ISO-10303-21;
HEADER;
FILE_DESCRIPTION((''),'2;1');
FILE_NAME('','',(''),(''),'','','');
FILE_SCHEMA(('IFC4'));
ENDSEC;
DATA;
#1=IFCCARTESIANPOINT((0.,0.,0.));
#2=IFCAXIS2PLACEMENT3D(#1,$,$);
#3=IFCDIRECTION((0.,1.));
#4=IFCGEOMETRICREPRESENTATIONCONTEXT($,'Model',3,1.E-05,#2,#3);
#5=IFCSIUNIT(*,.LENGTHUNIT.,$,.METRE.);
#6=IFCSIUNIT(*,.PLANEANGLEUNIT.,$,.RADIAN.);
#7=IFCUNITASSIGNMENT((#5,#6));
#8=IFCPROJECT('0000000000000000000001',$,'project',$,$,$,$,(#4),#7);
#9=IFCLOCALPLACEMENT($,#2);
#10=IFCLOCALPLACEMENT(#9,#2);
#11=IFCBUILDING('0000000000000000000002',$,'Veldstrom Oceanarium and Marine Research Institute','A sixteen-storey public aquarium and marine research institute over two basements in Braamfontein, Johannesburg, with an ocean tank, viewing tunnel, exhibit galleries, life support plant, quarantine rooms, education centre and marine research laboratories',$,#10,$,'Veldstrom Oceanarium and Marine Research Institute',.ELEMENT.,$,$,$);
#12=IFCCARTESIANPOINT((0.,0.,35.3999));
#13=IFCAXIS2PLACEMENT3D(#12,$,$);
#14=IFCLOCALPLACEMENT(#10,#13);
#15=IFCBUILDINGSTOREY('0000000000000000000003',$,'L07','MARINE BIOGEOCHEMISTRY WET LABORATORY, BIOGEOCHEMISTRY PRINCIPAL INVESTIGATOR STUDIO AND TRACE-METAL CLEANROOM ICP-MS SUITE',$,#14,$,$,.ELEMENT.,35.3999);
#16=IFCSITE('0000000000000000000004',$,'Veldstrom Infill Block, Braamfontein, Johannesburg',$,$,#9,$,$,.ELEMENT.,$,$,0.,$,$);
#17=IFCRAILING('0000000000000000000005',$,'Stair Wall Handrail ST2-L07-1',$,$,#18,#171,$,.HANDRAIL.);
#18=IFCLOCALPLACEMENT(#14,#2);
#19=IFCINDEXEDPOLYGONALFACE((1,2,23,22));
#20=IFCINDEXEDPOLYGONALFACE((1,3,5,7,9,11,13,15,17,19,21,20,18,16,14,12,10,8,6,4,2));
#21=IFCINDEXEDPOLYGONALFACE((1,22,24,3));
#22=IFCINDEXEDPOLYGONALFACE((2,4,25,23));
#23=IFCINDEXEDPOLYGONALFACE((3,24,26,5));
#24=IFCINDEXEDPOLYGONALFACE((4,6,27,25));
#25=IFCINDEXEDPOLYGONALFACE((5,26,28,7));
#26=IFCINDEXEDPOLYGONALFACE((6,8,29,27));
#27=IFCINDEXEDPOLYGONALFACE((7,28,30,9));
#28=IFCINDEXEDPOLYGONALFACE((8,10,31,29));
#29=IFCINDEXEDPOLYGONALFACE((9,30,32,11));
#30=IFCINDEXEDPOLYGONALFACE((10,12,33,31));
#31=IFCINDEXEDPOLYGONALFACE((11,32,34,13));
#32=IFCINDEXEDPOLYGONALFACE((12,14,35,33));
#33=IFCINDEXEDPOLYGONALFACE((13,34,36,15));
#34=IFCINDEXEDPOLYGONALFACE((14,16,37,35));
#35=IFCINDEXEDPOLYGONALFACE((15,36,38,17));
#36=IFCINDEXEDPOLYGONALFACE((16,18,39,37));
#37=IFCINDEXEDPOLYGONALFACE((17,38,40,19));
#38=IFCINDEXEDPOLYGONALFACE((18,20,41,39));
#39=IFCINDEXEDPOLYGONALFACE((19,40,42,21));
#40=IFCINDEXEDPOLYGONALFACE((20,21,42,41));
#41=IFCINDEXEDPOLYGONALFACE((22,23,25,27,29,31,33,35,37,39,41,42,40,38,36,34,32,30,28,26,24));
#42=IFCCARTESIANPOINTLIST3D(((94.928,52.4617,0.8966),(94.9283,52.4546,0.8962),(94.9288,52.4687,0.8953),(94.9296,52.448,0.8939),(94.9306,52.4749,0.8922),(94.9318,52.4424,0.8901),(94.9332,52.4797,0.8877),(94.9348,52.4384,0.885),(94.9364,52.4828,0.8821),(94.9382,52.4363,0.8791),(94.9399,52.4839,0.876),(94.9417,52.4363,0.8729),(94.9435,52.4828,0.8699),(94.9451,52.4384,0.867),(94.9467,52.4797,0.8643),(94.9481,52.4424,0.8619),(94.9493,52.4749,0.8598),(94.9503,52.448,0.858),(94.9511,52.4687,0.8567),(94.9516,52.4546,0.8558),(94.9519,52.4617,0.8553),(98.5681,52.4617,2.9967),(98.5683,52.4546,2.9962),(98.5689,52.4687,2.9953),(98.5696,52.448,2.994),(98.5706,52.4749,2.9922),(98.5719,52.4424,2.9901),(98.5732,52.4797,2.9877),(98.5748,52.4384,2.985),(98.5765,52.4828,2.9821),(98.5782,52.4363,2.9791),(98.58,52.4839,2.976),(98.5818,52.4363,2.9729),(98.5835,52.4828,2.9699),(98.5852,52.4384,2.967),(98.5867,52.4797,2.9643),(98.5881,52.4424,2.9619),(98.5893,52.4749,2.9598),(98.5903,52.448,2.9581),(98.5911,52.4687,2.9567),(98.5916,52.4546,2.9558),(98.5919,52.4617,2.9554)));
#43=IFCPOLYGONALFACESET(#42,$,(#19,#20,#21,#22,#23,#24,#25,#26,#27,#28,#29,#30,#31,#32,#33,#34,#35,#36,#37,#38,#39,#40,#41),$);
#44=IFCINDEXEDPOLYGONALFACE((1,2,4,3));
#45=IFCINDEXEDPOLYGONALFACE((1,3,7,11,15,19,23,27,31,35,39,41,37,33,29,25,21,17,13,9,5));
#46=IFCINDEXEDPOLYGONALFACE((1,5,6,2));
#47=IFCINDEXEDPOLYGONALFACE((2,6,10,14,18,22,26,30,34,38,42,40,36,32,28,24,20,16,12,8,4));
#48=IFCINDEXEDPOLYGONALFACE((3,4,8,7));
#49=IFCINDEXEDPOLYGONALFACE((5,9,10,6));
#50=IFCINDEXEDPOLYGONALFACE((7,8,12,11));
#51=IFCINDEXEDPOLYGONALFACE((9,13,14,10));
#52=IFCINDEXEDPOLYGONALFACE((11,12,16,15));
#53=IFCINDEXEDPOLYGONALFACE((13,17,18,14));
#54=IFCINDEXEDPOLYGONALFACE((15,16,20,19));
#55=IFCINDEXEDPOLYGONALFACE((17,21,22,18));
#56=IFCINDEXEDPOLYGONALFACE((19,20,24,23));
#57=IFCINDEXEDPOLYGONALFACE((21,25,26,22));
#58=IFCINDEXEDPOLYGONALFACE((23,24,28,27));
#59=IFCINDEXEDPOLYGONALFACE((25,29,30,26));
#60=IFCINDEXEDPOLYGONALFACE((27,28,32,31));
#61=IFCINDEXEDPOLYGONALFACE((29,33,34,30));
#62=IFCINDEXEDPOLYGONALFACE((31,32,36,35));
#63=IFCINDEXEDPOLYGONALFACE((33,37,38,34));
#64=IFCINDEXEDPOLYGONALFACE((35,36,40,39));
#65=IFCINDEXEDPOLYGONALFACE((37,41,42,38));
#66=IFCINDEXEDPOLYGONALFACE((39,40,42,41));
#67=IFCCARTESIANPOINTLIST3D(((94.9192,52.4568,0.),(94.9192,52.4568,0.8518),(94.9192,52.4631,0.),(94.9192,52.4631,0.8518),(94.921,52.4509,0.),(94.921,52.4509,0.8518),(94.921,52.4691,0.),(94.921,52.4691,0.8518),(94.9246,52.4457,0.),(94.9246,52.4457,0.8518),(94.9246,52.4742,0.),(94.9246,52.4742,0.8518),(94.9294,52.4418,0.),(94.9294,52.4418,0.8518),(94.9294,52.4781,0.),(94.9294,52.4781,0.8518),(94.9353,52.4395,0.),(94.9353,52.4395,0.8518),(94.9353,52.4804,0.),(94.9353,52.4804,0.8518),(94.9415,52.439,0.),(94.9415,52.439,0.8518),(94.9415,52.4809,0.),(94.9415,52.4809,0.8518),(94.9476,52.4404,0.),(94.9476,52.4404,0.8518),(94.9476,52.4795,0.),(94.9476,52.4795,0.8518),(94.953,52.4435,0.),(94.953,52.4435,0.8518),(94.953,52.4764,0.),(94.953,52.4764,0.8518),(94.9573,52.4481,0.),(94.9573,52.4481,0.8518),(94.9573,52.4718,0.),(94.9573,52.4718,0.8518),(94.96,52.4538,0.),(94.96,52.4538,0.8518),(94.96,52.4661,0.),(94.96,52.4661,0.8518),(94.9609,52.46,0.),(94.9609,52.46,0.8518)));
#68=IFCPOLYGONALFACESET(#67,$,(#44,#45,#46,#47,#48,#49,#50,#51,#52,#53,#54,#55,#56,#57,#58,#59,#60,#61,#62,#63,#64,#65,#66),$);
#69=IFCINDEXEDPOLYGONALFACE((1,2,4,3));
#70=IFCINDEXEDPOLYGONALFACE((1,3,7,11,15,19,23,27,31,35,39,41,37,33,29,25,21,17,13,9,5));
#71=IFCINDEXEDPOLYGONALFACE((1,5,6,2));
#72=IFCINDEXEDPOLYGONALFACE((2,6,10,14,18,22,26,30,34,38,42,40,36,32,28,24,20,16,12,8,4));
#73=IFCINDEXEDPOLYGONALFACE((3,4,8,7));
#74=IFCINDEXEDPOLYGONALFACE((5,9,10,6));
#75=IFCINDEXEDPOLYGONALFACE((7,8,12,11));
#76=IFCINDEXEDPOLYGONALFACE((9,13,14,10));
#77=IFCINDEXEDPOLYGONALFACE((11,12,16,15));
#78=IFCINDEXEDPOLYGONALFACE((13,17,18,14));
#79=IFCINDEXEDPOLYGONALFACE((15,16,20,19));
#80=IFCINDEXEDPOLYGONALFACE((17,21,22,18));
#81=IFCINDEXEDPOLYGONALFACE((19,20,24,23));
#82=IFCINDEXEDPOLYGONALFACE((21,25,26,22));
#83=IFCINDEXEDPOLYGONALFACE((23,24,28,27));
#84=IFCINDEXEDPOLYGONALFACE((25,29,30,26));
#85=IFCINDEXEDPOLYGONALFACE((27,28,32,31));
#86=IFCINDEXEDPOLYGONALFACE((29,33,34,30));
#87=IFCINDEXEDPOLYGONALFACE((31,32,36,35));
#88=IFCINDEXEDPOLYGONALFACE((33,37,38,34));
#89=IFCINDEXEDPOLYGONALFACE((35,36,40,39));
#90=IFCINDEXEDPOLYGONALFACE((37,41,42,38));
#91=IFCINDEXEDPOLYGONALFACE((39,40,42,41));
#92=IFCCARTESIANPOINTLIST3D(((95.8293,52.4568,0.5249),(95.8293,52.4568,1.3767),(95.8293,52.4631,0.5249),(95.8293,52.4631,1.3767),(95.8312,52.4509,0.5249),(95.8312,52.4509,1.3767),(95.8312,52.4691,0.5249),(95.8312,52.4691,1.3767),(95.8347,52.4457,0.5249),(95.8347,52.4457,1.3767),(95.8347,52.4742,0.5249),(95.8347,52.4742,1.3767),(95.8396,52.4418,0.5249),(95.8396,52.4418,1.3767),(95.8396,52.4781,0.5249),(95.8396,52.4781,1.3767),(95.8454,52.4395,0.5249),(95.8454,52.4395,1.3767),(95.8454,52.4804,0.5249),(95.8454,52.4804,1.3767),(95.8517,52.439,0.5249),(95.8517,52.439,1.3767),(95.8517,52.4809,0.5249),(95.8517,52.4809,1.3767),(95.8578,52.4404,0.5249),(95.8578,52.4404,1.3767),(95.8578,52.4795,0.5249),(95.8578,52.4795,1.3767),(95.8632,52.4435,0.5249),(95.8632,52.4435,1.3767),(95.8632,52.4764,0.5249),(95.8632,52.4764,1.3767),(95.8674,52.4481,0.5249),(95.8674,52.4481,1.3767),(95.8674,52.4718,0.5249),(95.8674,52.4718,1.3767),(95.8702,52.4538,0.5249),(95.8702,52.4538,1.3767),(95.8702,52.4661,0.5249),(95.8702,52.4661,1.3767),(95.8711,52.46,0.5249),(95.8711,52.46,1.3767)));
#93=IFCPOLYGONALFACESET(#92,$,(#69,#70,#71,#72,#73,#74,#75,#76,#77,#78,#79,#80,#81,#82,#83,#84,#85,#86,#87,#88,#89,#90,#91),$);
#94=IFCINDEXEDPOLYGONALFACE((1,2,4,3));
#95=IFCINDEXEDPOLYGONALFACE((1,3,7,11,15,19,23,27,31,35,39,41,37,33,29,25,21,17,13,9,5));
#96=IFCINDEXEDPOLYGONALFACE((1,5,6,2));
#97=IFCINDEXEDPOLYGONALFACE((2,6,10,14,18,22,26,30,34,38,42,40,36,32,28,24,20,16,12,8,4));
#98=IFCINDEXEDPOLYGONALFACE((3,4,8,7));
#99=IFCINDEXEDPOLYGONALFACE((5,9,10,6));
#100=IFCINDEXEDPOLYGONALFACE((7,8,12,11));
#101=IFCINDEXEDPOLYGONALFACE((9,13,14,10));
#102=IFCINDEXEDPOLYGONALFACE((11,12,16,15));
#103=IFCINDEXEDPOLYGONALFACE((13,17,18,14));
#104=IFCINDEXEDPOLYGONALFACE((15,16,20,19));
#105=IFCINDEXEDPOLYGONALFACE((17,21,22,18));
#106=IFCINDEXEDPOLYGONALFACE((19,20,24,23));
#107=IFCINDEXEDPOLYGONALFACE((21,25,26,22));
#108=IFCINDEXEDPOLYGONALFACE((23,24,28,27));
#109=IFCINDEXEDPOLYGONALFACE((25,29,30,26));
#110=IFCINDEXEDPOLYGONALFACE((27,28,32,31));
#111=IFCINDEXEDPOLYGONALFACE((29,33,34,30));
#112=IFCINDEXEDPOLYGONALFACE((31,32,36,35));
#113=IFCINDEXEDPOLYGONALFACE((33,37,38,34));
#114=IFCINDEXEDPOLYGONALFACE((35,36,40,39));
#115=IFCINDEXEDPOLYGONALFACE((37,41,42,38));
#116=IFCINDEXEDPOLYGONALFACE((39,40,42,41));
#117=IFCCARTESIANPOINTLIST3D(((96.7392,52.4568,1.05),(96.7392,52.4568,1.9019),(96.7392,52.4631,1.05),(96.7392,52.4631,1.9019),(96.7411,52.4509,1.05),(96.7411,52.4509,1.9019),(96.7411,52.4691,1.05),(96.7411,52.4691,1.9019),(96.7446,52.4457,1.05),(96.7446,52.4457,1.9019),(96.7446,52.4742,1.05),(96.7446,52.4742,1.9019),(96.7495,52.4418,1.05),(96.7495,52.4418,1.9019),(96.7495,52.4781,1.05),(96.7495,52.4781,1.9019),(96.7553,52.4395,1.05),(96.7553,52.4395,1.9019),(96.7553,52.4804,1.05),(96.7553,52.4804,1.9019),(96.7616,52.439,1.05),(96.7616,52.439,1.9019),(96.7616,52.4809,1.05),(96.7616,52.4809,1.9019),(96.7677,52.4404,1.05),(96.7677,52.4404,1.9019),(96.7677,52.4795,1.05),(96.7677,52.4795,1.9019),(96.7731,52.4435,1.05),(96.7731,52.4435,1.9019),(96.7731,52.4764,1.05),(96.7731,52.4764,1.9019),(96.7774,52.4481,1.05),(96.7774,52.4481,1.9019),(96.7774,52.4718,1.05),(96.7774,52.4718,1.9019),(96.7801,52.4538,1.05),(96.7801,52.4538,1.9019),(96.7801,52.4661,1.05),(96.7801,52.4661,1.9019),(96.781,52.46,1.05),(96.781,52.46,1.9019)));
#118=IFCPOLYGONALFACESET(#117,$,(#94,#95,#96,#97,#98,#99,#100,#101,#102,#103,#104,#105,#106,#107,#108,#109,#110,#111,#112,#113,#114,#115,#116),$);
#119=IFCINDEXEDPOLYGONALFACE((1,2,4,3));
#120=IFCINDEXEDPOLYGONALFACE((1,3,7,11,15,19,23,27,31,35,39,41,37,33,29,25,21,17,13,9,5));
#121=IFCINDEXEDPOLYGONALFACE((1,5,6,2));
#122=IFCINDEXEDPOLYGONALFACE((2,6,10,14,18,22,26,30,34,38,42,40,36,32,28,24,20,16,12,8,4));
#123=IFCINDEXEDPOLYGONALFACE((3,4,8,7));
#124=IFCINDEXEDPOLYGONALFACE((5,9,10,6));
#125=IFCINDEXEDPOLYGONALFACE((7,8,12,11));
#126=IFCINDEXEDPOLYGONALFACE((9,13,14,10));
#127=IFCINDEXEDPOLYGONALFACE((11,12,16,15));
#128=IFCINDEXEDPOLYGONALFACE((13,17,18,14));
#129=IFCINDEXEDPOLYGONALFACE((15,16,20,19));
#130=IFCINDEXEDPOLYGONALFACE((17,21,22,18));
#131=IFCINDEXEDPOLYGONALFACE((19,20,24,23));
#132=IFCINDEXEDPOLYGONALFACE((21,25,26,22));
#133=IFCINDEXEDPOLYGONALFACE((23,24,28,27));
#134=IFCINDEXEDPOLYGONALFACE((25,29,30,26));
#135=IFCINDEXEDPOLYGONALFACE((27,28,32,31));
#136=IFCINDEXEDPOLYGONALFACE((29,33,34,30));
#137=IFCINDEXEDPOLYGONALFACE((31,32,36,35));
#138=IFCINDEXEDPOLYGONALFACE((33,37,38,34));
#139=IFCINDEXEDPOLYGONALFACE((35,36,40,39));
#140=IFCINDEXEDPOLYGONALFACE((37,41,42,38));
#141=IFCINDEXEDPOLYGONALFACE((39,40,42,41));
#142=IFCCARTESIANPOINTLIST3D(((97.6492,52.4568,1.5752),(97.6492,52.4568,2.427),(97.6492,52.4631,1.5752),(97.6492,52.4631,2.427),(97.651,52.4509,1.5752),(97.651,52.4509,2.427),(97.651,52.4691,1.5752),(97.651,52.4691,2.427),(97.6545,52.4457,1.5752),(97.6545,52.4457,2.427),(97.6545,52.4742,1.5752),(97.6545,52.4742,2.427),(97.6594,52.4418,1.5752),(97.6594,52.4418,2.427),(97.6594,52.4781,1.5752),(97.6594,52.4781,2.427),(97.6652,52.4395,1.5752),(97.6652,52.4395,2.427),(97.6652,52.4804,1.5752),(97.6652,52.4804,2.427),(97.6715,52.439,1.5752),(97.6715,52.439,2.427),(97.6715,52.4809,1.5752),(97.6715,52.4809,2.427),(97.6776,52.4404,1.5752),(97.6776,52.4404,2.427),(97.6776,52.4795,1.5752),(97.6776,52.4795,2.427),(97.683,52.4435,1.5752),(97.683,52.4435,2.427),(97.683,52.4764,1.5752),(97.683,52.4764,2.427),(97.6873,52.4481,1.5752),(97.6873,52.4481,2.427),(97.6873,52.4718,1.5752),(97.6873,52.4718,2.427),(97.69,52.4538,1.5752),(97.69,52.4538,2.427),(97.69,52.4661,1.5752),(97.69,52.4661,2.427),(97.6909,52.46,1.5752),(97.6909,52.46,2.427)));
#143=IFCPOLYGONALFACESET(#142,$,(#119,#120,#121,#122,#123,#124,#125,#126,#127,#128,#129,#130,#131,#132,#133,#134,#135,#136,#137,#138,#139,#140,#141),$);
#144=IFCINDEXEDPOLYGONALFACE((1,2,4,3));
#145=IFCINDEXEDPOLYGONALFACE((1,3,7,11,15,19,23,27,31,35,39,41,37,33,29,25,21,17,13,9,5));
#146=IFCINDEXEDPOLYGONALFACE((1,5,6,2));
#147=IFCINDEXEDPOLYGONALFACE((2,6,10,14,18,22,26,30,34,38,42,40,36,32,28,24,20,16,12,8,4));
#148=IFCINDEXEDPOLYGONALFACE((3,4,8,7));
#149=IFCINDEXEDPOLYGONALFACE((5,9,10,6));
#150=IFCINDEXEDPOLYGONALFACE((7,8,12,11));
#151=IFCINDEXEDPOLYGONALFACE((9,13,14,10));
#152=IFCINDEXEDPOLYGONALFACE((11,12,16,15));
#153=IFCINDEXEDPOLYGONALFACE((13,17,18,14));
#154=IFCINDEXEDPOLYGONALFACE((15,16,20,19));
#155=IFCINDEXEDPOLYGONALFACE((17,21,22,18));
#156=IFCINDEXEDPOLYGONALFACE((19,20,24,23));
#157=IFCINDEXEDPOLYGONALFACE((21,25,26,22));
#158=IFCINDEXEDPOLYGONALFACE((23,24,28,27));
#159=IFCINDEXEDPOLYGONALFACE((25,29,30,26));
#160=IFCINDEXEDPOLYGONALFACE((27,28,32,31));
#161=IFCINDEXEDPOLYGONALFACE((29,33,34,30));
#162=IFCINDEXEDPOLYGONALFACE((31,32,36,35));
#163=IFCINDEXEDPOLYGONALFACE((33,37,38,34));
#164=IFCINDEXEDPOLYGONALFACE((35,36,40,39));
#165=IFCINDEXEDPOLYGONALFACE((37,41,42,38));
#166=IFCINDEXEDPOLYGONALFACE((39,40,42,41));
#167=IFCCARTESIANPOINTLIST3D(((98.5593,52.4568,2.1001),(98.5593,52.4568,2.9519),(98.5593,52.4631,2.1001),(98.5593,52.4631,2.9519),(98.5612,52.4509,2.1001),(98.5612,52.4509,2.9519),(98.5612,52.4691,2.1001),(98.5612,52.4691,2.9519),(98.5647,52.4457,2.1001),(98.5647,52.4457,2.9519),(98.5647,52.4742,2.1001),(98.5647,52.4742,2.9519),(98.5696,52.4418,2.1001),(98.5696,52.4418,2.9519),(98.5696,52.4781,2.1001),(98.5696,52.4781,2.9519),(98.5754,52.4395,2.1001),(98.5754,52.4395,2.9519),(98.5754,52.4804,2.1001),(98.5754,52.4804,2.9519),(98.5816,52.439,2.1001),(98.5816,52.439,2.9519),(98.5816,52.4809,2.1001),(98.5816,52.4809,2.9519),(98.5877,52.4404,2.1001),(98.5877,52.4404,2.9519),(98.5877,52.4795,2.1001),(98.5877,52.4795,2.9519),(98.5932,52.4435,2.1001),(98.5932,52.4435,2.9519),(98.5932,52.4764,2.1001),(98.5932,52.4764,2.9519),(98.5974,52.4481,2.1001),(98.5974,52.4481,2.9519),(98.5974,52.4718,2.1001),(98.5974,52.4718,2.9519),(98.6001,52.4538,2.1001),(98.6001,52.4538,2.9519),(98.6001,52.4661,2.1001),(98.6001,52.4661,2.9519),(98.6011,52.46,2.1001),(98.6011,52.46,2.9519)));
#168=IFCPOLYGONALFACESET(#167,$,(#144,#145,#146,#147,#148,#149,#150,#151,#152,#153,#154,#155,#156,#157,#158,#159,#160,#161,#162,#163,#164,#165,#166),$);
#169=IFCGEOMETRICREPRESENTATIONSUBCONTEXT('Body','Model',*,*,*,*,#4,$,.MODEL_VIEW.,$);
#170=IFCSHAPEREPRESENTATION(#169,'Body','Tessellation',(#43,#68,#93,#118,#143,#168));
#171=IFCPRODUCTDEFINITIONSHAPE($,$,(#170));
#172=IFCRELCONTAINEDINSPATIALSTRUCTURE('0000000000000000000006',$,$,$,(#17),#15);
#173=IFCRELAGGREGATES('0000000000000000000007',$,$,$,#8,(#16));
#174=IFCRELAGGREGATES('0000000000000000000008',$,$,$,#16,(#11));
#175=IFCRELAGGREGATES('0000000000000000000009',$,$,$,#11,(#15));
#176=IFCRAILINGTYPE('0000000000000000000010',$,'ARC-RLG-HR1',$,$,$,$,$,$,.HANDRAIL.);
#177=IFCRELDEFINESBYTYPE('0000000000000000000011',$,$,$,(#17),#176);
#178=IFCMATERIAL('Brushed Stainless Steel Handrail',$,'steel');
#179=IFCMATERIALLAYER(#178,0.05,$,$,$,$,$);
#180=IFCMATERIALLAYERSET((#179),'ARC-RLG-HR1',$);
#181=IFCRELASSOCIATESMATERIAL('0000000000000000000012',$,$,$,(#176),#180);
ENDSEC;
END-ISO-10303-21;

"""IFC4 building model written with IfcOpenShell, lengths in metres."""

from ifc_helpers import new_model, si_unit, direction, frame, origin, origin_2d, place, context, subcontext, project, spatial, circle, extrude, material, layer, layer_set, type_object, element, save


model = new_model("IFC4")

# Units and contexts
model_context = context("Model", 3, precision=1e-05, world=origin(), true_north=direction((0.0, 1.0)))
body_context = subcontext(model_context, "Body", "Model", "MODEL_VIEW")
ifc_project = project(units=[si_unit("LENGTHUNIT", "METRE"), si_unit("PLANEANGLEUNIT", "RADIAN")], contexts=[model_context])

# Site, building, storey
site_placement = place(None, origin())
site = spatial("IfcSite", under=ifc_project, at=site_placement, Name="Veldstrom Infill Block, Braamfontein, Johannesburg", CompositionType="ELEMENT", RefElevation=0.0)
building_placement = place(site_placement, origin())
building = spatial("IfcBuilding", under=site, at=building_placement, Name="Veldstrom Oceanarium and Marine Research Institute", Description="A sixteen-storey public aquarium and marine research institute over two basements in Braamfontein, Johannesburg, with an ocean tank, viewing tunnel, exhibit galleries, life support plant, quarantine rooms, education centre and marine research laboratories", LongName="Veldstrom Oceanarium and Marine Research Institute", CompositionType="ELEMENT")
storey_placement = place(building_placement, frame((0.0, 0.0, 35.3999)))
storey = spatial("IfcBuildingStorey", under=building, at=storey_placement, Name="L07", Description="MARINE BIOGEOCHEMISTRY WET LABORATORY, BIOGEOCHEMISTRY PRINCIPAL INVESTIGATOR STUDIO AND TRACE-METAL CLEANROOM ICP-MS SUITE", CompositionType="ELEMENT", Elevation=35.3999)

# Railing
ifc_material_1 = material(Name="Brushed Stainless Steel Handrail", Category="steel")
ifc_layer_1 = layer(ifc_material_1, 0.05)
ifc_layer_set_1 = layer_set([ifc_layer_1], Name="ARC-RLG-HR1")
railing_type_1 = type_object("IfcRailingType", Name="ARC-RLG-HR1", PredefinedType="HANDRAIL", material=ifc_layer_set_1)
railing_1_placement = place(storey_placement, frame((94.9399, 52.46, 0.0)))
element("IfcRailing", 1, at=railing_1_placement, inside=storey, type_object=railing_type_1, Name="Stair Wall Handrail ST2-L07-1", PredefinedType="HANDRAIL", context=body_context, shape_type="SweptSolid", body=[
    extrude(circle(Radius=0.0239, at=origin_2d()), frame((0.0, 0.0, 0.876), z_axis=(0.866184, 0.0, 0.499726), x_axis=(0.0, 1.0, 0.0)), (0.0, 0.0, 1.0), 4.2024),
    extrude(circle(Radius=0.021, at=origin_2d()), origin(), (0.0, 0.0, 1.0), 0.8518),
    extrude(circle(Radius=0.021, at=origin_2d()), frame((0.9102, 0.0, 0.5249)), (0.0, 0.0, 1.0), 0.8518),
    extrude(circle(Radius=0.021, at=origin_2d()), frame((1.8201, 0.0, 1.05)), (0.0, 0.0, 1.0), 0.8518),
    extrude(circle(Radius=0.021, at=origin_2d()), frame((2.73, 0.0, 1.5752)), (0.0, 0.0, 1.0), 0.8518),
    extrude(circle(Radius=0.021, at=origin_2d()), frame((3.6401, 0.0, 2.1001)), (0.0, 0.0, 1.0), 0.8518),
])

save(model, "model.ifc")
